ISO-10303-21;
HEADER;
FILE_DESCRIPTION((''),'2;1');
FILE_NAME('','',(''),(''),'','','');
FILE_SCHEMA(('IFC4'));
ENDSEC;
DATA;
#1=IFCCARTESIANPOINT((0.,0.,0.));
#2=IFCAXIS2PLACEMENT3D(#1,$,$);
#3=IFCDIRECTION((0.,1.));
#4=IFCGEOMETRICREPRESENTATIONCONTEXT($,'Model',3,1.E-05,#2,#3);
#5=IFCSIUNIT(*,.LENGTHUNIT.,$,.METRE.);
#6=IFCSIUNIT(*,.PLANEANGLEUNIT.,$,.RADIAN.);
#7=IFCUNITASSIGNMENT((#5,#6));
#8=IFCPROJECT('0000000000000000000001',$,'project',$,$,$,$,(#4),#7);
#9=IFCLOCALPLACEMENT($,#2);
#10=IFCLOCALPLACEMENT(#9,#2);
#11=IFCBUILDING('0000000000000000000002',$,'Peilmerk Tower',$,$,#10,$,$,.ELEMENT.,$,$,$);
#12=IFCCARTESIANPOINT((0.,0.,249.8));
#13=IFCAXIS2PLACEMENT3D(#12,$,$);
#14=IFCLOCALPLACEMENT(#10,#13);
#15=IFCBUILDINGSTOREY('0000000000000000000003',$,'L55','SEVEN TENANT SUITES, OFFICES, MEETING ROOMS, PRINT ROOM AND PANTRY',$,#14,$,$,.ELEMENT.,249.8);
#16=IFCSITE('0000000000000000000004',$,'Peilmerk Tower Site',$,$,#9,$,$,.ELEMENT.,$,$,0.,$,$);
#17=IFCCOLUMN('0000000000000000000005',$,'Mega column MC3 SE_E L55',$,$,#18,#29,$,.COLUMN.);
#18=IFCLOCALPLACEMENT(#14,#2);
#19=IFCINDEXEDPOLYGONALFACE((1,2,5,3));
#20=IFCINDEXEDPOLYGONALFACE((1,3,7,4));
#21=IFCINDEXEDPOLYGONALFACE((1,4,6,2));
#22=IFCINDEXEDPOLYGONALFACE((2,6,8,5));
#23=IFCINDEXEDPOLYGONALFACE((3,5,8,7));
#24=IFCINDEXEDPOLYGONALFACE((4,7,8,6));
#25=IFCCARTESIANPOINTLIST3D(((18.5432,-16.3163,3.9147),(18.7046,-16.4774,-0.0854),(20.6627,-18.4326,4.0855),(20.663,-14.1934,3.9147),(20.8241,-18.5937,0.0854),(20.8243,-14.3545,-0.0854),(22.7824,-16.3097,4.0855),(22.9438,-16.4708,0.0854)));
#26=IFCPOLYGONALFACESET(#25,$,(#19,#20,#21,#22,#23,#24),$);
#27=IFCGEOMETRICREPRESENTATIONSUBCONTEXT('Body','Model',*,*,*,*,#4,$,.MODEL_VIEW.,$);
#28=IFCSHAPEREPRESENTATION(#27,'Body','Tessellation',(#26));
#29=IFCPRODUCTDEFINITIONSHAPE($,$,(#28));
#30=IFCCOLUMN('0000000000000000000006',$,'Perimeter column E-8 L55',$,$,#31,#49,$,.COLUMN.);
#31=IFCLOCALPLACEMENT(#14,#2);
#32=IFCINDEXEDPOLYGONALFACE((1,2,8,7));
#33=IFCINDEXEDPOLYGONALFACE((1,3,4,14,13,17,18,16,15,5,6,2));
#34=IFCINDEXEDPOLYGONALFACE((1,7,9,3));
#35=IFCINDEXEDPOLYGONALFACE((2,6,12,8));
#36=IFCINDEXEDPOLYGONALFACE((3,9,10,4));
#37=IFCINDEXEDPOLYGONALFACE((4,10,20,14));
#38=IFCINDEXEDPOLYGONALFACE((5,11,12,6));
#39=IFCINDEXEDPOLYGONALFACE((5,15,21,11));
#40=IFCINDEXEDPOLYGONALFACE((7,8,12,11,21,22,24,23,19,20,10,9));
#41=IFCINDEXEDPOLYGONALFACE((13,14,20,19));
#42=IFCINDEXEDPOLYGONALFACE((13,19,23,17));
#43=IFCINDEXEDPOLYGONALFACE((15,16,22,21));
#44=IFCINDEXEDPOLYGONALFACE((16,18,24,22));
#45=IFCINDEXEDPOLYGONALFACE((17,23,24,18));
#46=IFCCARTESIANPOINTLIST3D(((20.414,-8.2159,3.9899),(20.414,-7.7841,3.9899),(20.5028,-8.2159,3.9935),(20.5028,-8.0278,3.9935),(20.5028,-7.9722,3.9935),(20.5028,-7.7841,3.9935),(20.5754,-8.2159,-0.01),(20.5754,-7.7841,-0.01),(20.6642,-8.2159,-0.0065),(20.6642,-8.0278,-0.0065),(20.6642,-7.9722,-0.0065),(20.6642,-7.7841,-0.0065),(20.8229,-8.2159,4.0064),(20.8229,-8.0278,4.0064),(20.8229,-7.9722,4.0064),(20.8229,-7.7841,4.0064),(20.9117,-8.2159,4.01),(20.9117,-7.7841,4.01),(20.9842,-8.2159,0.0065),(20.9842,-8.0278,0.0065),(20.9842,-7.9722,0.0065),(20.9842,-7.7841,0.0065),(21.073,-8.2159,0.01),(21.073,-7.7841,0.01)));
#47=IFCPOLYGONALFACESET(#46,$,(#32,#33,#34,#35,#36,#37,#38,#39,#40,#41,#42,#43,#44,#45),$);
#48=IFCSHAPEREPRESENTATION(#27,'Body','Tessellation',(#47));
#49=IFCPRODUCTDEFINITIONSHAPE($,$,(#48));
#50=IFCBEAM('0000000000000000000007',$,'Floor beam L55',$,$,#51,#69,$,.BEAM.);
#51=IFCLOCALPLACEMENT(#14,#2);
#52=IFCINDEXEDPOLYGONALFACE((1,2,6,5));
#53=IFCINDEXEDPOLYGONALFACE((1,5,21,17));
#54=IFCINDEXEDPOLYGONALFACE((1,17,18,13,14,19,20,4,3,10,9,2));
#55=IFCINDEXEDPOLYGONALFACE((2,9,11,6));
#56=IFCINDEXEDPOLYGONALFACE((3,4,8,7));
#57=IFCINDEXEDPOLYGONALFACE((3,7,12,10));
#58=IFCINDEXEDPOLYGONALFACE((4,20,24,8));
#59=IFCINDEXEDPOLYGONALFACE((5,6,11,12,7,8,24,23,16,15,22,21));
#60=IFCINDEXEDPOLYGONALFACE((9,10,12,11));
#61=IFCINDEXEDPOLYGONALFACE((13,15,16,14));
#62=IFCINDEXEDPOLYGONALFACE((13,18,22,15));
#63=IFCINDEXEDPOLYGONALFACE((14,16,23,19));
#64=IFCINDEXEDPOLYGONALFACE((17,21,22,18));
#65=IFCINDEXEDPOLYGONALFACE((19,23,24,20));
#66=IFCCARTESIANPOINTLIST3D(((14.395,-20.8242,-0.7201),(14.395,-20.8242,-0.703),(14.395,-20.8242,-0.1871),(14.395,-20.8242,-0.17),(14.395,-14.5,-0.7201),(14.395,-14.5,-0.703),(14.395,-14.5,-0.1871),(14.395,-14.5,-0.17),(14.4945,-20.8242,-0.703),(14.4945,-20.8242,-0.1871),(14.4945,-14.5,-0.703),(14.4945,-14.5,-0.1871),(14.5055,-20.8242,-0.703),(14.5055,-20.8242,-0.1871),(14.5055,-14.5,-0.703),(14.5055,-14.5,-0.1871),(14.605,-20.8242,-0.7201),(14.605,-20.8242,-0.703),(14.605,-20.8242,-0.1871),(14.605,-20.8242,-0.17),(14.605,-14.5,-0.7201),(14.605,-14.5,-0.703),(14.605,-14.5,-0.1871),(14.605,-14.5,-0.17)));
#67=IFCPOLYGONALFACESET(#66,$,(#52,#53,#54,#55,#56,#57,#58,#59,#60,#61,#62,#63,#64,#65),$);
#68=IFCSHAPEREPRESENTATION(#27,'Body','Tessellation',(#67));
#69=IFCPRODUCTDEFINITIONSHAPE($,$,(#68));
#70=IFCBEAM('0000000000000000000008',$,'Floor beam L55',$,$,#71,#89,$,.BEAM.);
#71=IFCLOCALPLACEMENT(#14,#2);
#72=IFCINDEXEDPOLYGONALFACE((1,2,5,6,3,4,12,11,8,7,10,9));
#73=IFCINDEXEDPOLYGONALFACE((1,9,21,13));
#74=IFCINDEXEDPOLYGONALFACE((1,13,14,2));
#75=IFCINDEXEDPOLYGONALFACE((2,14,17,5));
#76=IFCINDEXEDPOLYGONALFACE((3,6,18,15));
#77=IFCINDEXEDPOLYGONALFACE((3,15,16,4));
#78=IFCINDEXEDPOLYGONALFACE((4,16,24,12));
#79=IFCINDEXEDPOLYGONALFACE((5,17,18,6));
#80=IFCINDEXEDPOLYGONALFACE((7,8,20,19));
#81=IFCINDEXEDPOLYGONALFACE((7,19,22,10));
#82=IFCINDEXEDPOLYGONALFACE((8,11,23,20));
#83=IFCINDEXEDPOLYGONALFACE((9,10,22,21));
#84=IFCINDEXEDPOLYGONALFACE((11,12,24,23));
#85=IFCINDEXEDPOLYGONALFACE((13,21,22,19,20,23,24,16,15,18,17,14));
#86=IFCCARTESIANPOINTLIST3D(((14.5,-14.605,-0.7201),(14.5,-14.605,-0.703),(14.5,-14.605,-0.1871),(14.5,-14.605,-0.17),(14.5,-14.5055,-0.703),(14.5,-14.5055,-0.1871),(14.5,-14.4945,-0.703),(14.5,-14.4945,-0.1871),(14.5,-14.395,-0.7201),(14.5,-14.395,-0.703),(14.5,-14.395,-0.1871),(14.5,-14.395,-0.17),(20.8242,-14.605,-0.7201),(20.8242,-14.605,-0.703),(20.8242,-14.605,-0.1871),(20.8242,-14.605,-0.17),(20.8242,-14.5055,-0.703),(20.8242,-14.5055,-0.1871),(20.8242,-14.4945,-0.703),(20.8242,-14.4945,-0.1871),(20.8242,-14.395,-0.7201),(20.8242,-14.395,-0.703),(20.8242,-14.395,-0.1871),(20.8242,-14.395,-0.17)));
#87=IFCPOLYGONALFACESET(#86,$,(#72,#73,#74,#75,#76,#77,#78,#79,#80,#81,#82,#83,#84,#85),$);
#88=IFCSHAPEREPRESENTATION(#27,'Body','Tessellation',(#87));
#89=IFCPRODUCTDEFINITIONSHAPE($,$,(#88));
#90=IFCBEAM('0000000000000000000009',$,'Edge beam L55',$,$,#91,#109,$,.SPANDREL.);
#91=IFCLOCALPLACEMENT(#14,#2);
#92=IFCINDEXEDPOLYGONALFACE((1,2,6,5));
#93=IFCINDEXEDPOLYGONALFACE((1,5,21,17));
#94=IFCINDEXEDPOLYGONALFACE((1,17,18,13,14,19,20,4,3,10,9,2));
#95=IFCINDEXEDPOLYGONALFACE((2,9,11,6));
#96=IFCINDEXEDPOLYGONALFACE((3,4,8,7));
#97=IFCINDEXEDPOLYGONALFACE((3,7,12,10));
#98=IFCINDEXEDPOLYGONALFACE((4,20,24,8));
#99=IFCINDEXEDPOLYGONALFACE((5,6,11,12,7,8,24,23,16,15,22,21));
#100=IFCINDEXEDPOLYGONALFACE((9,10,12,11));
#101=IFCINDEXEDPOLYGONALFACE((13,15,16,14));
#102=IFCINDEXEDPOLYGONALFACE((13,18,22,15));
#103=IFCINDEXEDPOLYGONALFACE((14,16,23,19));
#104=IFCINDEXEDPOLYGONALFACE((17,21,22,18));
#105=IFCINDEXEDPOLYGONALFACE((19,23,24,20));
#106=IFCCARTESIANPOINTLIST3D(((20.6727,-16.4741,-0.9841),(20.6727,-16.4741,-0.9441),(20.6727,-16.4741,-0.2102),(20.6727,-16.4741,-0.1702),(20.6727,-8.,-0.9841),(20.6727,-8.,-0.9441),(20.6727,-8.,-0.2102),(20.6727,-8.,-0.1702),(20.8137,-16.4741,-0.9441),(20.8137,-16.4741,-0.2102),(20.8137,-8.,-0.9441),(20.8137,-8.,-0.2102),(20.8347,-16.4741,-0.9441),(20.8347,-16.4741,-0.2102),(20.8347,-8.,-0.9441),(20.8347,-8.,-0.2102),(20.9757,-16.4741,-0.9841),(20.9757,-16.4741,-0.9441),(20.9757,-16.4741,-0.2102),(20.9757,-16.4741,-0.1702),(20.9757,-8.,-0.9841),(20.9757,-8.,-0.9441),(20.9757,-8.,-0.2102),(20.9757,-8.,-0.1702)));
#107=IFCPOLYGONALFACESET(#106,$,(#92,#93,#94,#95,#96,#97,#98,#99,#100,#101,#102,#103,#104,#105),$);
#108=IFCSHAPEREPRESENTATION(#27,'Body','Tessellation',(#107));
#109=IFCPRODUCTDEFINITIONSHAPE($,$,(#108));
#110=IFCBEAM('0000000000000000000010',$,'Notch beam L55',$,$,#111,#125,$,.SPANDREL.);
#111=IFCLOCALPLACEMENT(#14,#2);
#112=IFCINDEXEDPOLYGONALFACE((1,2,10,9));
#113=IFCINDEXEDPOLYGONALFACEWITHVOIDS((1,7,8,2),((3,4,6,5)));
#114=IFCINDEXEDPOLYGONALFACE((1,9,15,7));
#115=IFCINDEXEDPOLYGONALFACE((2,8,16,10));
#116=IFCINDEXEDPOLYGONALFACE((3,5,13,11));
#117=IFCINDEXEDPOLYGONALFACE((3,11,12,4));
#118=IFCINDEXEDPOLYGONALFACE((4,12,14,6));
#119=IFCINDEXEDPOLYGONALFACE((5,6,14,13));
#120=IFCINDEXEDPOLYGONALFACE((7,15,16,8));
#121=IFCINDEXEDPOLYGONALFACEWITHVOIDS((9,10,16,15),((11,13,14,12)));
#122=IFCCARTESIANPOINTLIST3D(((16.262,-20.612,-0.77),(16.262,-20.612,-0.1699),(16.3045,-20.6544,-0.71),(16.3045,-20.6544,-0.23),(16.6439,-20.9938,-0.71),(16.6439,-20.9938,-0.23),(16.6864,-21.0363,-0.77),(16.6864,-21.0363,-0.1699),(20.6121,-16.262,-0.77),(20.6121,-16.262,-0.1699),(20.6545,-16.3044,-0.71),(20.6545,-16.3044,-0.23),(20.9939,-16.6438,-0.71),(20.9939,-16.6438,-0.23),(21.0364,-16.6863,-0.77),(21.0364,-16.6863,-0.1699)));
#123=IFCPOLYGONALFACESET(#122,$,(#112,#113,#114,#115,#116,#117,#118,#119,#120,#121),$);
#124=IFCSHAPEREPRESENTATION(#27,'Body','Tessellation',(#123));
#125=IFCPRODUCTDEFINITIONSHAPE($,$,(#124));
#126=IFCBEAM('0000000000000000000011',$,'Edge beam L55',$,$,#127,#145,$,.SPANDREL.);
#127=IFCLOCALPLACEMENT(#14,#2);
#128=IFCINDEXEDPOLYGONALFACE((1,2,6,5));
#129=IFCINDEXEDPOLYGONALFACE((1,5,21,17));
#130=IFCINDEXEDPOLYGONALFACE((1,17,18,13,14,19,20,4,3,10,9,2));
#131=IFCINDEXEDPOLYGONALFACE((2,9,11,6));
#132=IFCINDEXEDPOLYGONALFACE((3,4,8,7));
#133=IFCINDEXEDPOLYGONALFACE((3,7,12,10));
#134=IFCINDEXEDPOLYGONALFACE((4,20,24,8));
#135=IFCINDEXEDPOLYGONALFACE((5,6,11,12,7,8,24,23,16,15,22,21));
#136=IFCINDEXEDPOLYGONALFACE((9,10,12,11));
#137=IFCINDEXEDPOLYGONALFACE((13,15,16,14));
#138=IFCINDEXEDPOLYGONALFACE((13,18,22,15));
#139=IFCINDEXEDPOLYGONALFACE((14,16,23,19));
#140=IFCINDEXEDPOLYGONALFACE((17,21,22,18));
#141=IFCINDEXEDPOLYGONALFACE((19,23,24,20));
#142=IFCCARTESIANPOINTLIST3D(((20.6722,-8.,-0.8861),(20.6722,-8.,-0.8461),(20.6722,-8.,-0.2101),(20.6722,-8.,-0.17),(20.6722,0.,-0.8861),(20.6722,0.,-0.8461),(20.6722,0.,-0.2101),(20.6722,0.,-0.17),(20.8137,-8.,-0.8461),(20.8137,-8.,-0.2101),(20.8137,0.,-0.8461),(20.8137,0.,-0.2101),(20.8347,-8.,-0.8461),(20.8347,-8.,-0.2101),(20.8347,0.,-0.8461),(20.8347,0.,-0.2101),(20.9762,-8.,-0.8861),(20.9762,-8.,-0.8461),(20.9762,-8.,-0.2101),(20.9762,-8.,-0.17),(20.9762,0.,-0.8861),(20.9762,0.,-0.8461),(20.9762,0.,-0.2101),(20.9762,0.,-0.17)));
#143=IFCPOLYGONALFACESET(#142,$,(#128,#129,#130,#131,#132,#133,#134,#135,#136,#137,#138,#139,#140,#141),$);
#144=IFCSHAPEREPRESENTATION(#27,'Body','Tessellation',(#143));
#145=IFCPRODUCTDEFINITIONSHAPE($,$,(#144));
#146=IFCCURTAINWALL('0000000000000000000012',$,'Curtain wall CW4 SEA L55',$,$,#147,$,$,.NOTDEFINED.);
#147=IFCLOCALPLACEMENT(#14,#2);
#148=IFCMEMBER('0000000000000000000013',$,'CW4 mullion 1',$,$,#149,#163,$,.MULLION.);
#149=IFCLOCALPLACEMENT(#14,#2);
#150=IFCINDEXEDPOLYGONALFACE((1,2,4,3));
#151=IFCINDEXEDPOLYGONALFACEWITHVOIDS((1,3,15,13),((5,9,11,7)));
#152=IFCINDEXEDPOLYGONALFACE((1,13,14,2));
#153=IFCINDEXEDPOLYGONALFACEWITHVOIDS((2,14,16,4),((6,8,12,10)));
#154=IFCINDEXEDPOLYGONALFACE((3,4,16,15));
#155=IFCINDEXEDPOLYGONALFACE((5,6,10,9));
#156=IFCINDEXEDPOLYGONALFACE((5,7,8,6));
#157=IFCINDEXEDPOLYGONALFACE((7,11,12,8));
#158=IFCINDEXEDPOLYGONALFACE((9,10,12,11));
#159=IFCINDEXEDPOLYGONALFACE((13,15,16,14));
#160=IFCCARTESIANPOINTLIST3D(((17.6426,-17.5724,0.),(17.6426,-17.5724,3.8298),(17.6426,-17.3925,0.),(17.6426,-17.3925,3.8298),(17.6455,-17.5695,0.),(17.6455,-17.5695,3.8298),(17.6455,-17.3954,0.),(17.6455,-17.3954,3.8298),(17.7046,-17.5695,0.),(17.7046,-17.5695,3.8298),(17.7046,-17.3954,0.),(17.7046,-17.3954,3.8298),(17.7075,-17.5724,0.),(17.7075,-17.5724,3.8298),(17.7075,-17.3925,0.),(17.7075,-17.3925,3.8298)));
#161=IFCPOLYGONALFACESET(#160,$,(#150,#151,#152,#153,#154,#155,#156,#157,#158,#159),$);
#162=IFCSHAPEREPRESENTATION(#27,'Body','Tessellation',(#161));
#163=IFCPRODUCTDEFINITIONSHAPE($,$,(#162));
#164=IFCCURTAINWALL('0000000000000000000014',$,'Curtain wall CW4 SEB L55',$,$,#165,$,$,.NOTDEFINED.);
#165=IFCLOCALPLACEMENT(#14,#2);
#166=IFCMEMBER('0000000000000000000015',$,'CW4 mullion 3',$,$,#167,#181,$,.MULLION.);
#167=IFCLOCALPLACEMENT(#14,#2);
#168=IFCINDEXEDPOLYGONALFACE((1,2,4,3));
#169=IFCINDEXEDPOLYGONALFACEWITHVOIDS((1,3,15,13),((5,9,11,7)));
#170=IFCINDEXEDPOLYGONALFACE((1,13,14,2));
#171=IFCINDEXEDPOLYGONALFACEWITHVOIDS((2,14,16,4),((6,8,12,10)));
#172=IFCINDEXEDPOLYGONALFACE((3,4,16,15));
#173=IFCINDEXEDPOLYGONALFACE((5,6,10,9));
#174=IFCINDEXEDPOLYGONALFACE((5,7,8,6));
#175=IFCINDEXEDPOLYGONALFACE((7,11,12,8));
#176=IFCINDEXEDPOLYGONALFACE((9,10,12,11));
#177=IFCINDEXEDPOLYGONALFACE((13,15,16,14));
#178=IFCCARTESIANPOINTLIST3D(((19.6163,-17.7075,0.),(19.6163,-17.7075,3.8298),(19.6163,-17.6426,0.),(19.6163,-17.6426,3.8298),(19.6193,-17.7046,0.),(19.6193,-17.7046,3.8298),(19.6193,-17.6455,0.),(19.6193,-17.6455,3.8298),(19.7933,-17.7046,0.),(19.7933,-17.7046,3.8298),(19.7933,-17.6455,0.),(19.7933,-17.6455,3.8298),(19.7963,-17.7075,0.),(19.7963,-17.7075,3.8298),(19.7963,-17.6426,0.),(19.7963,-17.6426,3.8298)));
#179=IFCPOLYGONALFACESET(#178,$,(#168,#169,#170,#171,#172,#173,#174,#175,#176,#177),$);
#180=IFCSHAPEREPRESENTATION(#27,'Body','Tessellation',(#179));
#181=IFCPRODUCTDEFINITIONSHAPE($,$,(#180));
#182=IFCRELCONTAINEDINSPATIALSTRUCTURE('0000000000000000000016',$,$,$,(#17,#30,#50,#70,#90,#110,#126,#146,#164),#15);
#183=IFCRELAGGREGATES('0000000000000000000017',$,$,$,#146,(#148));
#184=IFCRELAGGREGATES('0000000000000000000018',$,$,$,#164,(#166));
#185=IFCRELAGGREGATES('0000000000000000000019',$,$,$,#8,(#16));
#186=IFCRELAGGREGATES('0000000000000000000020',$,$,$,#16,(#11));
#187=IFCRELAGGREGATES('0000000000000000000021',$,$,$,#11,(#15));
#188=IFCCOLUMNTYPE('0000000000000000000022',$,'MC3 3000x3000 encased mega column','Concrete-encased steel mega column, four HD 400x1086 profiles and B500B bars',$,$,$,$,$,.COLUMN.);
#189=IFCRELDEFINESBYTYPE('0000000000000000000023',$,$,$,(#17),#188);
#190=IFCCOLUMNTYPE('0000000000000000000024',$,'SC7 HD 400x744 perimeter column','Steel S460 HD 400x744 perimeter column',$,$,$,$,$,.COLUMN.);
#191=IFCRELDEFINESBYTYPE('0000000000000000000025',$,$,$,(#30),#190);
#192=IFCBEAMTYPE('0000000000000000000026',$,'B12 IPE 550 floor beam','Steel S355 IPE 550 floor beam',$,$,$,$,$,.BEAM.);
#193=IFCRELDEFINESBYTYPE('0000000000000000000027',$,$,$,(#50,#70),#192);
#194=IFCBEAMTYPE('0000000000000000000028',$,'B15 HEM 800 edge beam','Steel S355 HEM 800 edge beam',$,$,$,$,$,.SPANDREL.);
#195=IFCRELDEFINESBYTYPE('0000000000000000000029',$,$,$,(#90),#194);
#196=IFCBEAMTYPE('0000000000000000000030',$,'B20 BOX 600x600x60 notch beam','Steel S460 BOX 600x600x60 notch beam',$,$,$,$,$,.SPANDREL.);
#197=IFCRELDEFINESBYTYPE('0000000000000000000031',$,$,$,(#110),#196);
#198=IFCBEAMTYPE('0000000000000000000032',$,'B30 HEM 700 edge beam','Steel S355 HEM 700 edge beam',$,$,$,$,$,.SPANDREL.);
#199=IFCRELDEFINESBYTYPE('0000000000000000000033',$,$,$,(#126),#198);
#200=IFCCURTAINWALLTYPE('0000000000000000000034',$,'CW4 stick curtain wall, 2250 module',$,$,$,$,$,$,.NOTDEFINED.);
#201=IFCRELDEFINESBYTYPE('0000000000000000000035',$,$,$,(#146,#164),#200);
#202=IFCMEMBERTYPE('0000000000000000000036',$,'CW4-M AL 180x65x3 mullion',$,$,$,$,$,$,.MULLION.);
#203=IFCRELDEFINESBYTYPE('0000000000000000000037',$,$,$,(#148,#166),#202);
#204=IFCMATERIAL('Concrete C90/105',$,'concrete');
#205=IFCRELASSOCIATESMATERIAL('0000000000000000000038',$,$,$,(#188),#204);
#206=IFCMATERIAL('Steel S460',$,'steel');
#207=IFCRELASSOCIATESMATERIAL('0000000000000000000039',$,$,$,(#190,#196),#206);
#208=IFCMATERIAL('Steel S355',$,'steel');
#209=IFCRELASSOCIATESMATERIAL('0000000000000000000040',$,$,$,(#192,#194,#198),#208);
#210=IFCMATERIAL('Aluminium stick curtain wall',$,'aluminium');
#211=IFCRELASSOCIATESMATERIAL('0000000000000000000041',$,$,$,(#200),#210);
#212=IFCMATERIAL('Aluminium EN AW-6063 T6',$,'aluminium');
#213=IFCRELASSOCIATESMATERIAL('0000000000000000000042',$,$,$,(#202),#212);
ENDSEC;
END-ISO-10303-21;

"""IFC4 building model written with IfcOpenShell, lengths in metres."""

from ifc_helpers import new_model, si_unit, direction, frame, origin, origin_2d, place, context, subcontext, project, spatial, rectangle, hollow_rectangle, i_section, extrude, material, material_profile, profile_set, type_object, element, aggregate, save


model = new_model("IFC4")

# Units and contexts
model_context = context("Model", 3, precision=1e-05, world=origin(), true_north=direction((0.0, 1.0)))
body_context = subcontext(model_context, "Body", "Model", "MODEL_VIEW")
ifc_project = project(units=[si_unit("LENGTHUNIT", "METRE"), si_unit("PLANEANGLEUNIT", "RADIAN")], contexts=[model_context])

# Site, building, storey
site_placement = place(None, origin())
site = spatial("IfcSite", under=ifc_project, at=site_placement, Name="Peilmerk Tower Site", CompositionType="ELEMENT", RefElevation=0.0)
building_placement = place(site_placement, origin())
building = spatial("IfcBuilding", under=site, at=building_placement, Name="Peilmerk Tower", CompositionType="ELEMENT")
storey_placement = place(building_placement, frame((0.0, 0.0, 249.8)))
storey = spatial("IfcBuildingStorey", under=building, at=storey_placement, Name="L55", Description="SEVEN TENANT SUITES, OFFICES, MEETING ROOMS, PRINT ROOM AND PANTRY", CompositionType="ELEMENT", Elevation=249.8)

# Columns
ifc_material_1 = material(Name="Concrete C90/105", Category="concrete")
ifc_material_profile_1 = material_profile(ifc_material_1, rectangle(XDim=3.0, YDim=3.0, at=origin_2d()), Name="RC 3000x3000")
ifc_profile_set_1 = profile_set([ifc_material_profile_1], Name="Concrete C90/105")
column_type_1 = type_object("IfcColumnType", Name="MC3 3000x3000 encased mega column", Description="Concrete-encased steel mega column, four HD 400x1086 profiles and B500B bars", PredefinedType="COLUMN", material=ifc_profile_set_1)
column_1_placement = place(storey_placement, frame((20.8242, -16.4741, 0.0), z_axis=(-0.040279, 0.040218, 0.998379), x_axis=(-0.706571, -0.707642, 0.0)))
element("IfcColumn", 1, at=column_1_placement, inside=storey, type_object=column_type_1, Name="Mega column MC3 SE_E L55", PredefinedType="COLUMN", context=body_context, shape_type="SweptSolid", body=[
    extrude(rectangle(XDim=3.0, YDim=3.0, at=origin_2d()), origin(), (0.0, 0.0, 1.0), 4.0066),
])
ifc_material_2 = material(Name="Steel S460", Category="steel")
ifc_material_profile_2 = material_profile(ifc_material_2, i_section(OverallWidth=0.4319, OverallDepth=0.498, WebThickness=0.0557, FlangeThickness=0.0889, at=origin_2d()), Name="HD 400x744")
ifc_profile_set_2 = profile_set([ifc_material_profile_2], Name="Steel S460")
column_type_2 = type_object("IfcColumnType", Name="SC7 HD 400x744 perimeter column", Description="Steel S460 HD 400x744 perimeter column", PredefinedType="COLUMN", material=ifc_profile_set_2)
column_2_placement = place(storey_placement, frame((20.8242, -8.0, 0.0), z_axis=(-0.040311, 0.0, 0.999187), x_axis=(0.0, -1.0, 0.0)))
element("IfcColumn", 2, at=column_2_placement, inside=storey, type_object=column_type_2, Name="Perimeter column E-8 L55", PredefinedType="COLUMN", context=body_context, shape_type="SweptSolid", body=[
    extrude(i_section(OverallWidth=0.4319, OverallDepth=0.498, WebThickness=0.0557, FlangeThickness=0.0889, at=origin_2d()), origin(), (0.0, 0.0, 1.0), 4.0032),
])

# Beams
ifc_material_3 = material(Name="Steel S355", Category="steel")
ifc_material_profile_3 = material_profile(ifc_material_3, i_section(OverallWidth=0.21, OverallDepth=0.55, WebThickness=0.011, FlangeThickness=0.0171, at=origin_2d()), Name="IPE 550")
ifc_profile_set_3 = profile_set([ifc_material_profile_3], Name="Steel S355")
beam_type_1 = type_object("IfcBeamType", Name="B12 IPE 550 floor beam", Description="Steel S355 IPE 550 floor beam", PredefinedType="BEAM", material=ifc_profile_set_3)
for number, where, z_axis, x_axis, name in (
    (3, (14.5, -14.5, -0.4451), (0.0, -1.0, 0.0), (1.0, 0.0, 0.0), "Floor beam L55"),
    (4, (14.5, -14.5, -0.4451), (1.0, 0.0, 0.0), (0.0, 1.0, 0.0), "Floor beam L55"),
):
    element("IfcBeam", number, at=place(storey_placement, frame(where, z_axis=z_axis, x_axis=x_axis)), inside=storey, type_object=beam_type_1, Name=name, PredefinedType="BEAM", context=body_context, shape_type="SweptSolid", body=[
        extrude(i_section(OverallWidth=0.21, OverallDepth=0.55, WebThickness=0.011, FlangeThickness=0.0171, at=origin_2d()), origin(), (0.0, 0.0, 1.0), 6.3242),
    ])
ifc_material_profile_4 = material_profile(ifc_material_3, i_section(OverallWidth=0.303, OverallDepth=0.814, WebThickness=0.021, FlangeThickness=0.04, at=origin_2d()), Name="HEM 800")
ifc_profile_set_4 = profile_set([ifc_material_profile_4], Name="Steel S355")
beam_type_2 = type_object("IfcBeamType", Name="B15 HEM 800 edge beam", Description="Steel S355 HEM 800 edge beam", PredefinedType="SPANDREL", material=ifc_profile_set_4)
beam_1_placement = place(storey_placement, frame((20.8242, -16.4741, -0.5771), z_axis=(0.0, 1.0, 0.0), x_axis=(-1.0, 0.0, 0.0)))
element("IfcBeam", 5, at=beam_1_placement, inside=storey, type_object=beam_type_2, Name="Edge beam L55", PredefinedType="SPANDREL", context=body_context, shape_type="SweptSolid", body=[
    extrude(i_section(OverallWidth=0.303, OverallDepth=0.814, WebThickness=0.021, FlangeThickness=0.04, at=origin_2d()), origin(), (0.0, 0.0, 1.0), 8.4741),
])
ifc_material_profile_5 = material_profile(ifc_material_2, hollow_rectangle(XDim=0.6001, YDim=0.6001, WallThickness=0.0601, at=origin_2d()), Name="BOX 600x600x60")
ifc_profile_set_5 = profile_set([ifc_material_profile_5], Name="Steel S460")
beam_type_3 = type_object("IfcBeamType", Name="B20 BOX 600x600x60 notch beam", Description="Steel S460 BOX 600x600x60 notch beam", PredefinedType="SPANDREL", material=ifc_profile_set_5)
beam_2_placement = place(storey_placement, frame((20.8242, -16.4741, -0.47), z_axis=(-0.707107, -0.707107, 0.0), x_axis=(0.707107, -0.707107, 0.0)))
element("IfcBeam", 6, at=beam_2_placement, inside=storey, type_object=beam_type_3, Name="Notch beam L55", PredefinedType="SPANDREL", context=body_context, shape_type="SweptSolid", body=[
    extrude(hollow_rectangle(XDim=0.6001, YDim=0.6001, WallThickness=0.0601, at=origin_2d()), origin(), (0.0, 0.0, 1.0), 6.1519),
])
ifc_material_profile_6 = material_profile(ifc_material_3, i_section(OverallWidth=0.304, OverallDepth=0.7161, WebThickness=0.021, FlangeThickness=0.04, at=origin_2d()), Name="HEM 700")
ifc_profile_set_6 = profile_set([ifc_material_profile_6], Name="Steel S355")
beam_type_4 = type_object("IfcBeamType", Name="B30 HEM 700 edge beam", Description="Steel S355 HEM 700 edge beam", PredefinedType="SPANDREL", material=ifc_profile_set_6)
beam_3_placement = place(storey_placement, frame((20.8242, -8.0, -0.5281), z_axis=(0.0, 1.0, 0.0), x_axis=(-1.0, 0.0, 0.0)))
element("IfcBeam", 7, at=beam_3_placement, inside=storey, type_object=beam_type_4, Name="Edge beam L55", PredefinedType="SPANDREL", context=body_context, shape_type="SweptSolid", body=[
    extrude(i_section(OverallWidth=0.304, OverallDepth=0.7161, WebThickness=0.021, FlangeThickness=0.04, at=origin_2d()), origin(), (0.0, 0.0, 1.0), 8.0),
])

# Curtain walls, members
ifc_material_4 = material(Name="Aluminium stick curtain wall", Category="aluminium")
curtain_wall_type = type_object("IfcCurtainWallType", Name="CW4 stick curtain wall, 2250 module", PredefinedType="NOTDEFINED", material=ifc_material_4)
curtain_wall_1_placement = place(storey_placement, origin())
curtain_wall_1 = element("IfcCurtainWall", 8, at=curtain_wall_1_placement, inside=storey, type_object=curtain_wall_type, Name="Curtain wall CW4 SEA L55", PredefinedType="NOTDEFINED")
ifc_material_5 = material(Name="Aluminium EN AW-6063 T6", Category="aluminium")
ifc_material_profile_7 = material_profile(ifc_material_5, hollow_rectangle(XDim=0.0649, YDim=0.1799, WallThickness=0.0029, at=origin_2d()), Name="AL 180x65x3")
ifc_profile_set_7 = profile_set([ifc_material_profile_7], Name="Aluminium EN AW-6063 T6")
member_type_1 = type_object("IfcMemberType", Name="CW4-M AL 180x65x3 mullion", PredefinedType="MULLION", material=ifc_profile_set_7)
member_1_placement = place(storey_placement, frame((17.675, -17.4824, 0.0), z_axis=(0.0, 0.0, 1.0), x_axis=(1.0, 0.0, 0.0)))
member_1 = element("IfcMember", 9, at=member_1_placement, type_object=member_type_1, Name="CW4 mullion 1", PredefinedType="MULLION", context=body_context, shape_type="SweptSolid", body=[
    extrude(hollow_rectangle(XDim=0.0649, YDim=0.1799, WallThickness=0.0029, at=origin_2d()), origin(), (0.0, 0.0, 1.0), 3.8298),
])
curtain_wall_2_placement = place(storey_placement, origin())
curtain_wall_2 = element("IfcCurtainWall", 10, at=curtain_wall_2_placement, inside=storey, type_object=curtain_wall_type, Name="Curtain wall CW4 SEB L55", PredefinedType="NOTDEFINED")
member_2_placement = place(storey_placement, frame((19.7063, -17.675, 0.0), z_axis=(0.0, 0.0, 1.0), x_axis=(0.0, 1.0, 0.0)))
member_2 = element("IfcMember", 11, at=member_2_placement, type_object=member_type_1, Name="CW4 mullion 3", PredefinedType="MULLION", context=body_context, shape_type="SweptSolid", body=[
    extrude(hollow_rectangle(XDim=0.0649, YDim=0.1799, WallThickness=0.0029, at=origin_2d()), origin(), (0.0, 0.0, 1.0), 3.8298),
])

aggregate(curtain_wall_1, [member_1])

aggregate(curtain_wall_2, [member_2])

save(model, "model.ifc")
